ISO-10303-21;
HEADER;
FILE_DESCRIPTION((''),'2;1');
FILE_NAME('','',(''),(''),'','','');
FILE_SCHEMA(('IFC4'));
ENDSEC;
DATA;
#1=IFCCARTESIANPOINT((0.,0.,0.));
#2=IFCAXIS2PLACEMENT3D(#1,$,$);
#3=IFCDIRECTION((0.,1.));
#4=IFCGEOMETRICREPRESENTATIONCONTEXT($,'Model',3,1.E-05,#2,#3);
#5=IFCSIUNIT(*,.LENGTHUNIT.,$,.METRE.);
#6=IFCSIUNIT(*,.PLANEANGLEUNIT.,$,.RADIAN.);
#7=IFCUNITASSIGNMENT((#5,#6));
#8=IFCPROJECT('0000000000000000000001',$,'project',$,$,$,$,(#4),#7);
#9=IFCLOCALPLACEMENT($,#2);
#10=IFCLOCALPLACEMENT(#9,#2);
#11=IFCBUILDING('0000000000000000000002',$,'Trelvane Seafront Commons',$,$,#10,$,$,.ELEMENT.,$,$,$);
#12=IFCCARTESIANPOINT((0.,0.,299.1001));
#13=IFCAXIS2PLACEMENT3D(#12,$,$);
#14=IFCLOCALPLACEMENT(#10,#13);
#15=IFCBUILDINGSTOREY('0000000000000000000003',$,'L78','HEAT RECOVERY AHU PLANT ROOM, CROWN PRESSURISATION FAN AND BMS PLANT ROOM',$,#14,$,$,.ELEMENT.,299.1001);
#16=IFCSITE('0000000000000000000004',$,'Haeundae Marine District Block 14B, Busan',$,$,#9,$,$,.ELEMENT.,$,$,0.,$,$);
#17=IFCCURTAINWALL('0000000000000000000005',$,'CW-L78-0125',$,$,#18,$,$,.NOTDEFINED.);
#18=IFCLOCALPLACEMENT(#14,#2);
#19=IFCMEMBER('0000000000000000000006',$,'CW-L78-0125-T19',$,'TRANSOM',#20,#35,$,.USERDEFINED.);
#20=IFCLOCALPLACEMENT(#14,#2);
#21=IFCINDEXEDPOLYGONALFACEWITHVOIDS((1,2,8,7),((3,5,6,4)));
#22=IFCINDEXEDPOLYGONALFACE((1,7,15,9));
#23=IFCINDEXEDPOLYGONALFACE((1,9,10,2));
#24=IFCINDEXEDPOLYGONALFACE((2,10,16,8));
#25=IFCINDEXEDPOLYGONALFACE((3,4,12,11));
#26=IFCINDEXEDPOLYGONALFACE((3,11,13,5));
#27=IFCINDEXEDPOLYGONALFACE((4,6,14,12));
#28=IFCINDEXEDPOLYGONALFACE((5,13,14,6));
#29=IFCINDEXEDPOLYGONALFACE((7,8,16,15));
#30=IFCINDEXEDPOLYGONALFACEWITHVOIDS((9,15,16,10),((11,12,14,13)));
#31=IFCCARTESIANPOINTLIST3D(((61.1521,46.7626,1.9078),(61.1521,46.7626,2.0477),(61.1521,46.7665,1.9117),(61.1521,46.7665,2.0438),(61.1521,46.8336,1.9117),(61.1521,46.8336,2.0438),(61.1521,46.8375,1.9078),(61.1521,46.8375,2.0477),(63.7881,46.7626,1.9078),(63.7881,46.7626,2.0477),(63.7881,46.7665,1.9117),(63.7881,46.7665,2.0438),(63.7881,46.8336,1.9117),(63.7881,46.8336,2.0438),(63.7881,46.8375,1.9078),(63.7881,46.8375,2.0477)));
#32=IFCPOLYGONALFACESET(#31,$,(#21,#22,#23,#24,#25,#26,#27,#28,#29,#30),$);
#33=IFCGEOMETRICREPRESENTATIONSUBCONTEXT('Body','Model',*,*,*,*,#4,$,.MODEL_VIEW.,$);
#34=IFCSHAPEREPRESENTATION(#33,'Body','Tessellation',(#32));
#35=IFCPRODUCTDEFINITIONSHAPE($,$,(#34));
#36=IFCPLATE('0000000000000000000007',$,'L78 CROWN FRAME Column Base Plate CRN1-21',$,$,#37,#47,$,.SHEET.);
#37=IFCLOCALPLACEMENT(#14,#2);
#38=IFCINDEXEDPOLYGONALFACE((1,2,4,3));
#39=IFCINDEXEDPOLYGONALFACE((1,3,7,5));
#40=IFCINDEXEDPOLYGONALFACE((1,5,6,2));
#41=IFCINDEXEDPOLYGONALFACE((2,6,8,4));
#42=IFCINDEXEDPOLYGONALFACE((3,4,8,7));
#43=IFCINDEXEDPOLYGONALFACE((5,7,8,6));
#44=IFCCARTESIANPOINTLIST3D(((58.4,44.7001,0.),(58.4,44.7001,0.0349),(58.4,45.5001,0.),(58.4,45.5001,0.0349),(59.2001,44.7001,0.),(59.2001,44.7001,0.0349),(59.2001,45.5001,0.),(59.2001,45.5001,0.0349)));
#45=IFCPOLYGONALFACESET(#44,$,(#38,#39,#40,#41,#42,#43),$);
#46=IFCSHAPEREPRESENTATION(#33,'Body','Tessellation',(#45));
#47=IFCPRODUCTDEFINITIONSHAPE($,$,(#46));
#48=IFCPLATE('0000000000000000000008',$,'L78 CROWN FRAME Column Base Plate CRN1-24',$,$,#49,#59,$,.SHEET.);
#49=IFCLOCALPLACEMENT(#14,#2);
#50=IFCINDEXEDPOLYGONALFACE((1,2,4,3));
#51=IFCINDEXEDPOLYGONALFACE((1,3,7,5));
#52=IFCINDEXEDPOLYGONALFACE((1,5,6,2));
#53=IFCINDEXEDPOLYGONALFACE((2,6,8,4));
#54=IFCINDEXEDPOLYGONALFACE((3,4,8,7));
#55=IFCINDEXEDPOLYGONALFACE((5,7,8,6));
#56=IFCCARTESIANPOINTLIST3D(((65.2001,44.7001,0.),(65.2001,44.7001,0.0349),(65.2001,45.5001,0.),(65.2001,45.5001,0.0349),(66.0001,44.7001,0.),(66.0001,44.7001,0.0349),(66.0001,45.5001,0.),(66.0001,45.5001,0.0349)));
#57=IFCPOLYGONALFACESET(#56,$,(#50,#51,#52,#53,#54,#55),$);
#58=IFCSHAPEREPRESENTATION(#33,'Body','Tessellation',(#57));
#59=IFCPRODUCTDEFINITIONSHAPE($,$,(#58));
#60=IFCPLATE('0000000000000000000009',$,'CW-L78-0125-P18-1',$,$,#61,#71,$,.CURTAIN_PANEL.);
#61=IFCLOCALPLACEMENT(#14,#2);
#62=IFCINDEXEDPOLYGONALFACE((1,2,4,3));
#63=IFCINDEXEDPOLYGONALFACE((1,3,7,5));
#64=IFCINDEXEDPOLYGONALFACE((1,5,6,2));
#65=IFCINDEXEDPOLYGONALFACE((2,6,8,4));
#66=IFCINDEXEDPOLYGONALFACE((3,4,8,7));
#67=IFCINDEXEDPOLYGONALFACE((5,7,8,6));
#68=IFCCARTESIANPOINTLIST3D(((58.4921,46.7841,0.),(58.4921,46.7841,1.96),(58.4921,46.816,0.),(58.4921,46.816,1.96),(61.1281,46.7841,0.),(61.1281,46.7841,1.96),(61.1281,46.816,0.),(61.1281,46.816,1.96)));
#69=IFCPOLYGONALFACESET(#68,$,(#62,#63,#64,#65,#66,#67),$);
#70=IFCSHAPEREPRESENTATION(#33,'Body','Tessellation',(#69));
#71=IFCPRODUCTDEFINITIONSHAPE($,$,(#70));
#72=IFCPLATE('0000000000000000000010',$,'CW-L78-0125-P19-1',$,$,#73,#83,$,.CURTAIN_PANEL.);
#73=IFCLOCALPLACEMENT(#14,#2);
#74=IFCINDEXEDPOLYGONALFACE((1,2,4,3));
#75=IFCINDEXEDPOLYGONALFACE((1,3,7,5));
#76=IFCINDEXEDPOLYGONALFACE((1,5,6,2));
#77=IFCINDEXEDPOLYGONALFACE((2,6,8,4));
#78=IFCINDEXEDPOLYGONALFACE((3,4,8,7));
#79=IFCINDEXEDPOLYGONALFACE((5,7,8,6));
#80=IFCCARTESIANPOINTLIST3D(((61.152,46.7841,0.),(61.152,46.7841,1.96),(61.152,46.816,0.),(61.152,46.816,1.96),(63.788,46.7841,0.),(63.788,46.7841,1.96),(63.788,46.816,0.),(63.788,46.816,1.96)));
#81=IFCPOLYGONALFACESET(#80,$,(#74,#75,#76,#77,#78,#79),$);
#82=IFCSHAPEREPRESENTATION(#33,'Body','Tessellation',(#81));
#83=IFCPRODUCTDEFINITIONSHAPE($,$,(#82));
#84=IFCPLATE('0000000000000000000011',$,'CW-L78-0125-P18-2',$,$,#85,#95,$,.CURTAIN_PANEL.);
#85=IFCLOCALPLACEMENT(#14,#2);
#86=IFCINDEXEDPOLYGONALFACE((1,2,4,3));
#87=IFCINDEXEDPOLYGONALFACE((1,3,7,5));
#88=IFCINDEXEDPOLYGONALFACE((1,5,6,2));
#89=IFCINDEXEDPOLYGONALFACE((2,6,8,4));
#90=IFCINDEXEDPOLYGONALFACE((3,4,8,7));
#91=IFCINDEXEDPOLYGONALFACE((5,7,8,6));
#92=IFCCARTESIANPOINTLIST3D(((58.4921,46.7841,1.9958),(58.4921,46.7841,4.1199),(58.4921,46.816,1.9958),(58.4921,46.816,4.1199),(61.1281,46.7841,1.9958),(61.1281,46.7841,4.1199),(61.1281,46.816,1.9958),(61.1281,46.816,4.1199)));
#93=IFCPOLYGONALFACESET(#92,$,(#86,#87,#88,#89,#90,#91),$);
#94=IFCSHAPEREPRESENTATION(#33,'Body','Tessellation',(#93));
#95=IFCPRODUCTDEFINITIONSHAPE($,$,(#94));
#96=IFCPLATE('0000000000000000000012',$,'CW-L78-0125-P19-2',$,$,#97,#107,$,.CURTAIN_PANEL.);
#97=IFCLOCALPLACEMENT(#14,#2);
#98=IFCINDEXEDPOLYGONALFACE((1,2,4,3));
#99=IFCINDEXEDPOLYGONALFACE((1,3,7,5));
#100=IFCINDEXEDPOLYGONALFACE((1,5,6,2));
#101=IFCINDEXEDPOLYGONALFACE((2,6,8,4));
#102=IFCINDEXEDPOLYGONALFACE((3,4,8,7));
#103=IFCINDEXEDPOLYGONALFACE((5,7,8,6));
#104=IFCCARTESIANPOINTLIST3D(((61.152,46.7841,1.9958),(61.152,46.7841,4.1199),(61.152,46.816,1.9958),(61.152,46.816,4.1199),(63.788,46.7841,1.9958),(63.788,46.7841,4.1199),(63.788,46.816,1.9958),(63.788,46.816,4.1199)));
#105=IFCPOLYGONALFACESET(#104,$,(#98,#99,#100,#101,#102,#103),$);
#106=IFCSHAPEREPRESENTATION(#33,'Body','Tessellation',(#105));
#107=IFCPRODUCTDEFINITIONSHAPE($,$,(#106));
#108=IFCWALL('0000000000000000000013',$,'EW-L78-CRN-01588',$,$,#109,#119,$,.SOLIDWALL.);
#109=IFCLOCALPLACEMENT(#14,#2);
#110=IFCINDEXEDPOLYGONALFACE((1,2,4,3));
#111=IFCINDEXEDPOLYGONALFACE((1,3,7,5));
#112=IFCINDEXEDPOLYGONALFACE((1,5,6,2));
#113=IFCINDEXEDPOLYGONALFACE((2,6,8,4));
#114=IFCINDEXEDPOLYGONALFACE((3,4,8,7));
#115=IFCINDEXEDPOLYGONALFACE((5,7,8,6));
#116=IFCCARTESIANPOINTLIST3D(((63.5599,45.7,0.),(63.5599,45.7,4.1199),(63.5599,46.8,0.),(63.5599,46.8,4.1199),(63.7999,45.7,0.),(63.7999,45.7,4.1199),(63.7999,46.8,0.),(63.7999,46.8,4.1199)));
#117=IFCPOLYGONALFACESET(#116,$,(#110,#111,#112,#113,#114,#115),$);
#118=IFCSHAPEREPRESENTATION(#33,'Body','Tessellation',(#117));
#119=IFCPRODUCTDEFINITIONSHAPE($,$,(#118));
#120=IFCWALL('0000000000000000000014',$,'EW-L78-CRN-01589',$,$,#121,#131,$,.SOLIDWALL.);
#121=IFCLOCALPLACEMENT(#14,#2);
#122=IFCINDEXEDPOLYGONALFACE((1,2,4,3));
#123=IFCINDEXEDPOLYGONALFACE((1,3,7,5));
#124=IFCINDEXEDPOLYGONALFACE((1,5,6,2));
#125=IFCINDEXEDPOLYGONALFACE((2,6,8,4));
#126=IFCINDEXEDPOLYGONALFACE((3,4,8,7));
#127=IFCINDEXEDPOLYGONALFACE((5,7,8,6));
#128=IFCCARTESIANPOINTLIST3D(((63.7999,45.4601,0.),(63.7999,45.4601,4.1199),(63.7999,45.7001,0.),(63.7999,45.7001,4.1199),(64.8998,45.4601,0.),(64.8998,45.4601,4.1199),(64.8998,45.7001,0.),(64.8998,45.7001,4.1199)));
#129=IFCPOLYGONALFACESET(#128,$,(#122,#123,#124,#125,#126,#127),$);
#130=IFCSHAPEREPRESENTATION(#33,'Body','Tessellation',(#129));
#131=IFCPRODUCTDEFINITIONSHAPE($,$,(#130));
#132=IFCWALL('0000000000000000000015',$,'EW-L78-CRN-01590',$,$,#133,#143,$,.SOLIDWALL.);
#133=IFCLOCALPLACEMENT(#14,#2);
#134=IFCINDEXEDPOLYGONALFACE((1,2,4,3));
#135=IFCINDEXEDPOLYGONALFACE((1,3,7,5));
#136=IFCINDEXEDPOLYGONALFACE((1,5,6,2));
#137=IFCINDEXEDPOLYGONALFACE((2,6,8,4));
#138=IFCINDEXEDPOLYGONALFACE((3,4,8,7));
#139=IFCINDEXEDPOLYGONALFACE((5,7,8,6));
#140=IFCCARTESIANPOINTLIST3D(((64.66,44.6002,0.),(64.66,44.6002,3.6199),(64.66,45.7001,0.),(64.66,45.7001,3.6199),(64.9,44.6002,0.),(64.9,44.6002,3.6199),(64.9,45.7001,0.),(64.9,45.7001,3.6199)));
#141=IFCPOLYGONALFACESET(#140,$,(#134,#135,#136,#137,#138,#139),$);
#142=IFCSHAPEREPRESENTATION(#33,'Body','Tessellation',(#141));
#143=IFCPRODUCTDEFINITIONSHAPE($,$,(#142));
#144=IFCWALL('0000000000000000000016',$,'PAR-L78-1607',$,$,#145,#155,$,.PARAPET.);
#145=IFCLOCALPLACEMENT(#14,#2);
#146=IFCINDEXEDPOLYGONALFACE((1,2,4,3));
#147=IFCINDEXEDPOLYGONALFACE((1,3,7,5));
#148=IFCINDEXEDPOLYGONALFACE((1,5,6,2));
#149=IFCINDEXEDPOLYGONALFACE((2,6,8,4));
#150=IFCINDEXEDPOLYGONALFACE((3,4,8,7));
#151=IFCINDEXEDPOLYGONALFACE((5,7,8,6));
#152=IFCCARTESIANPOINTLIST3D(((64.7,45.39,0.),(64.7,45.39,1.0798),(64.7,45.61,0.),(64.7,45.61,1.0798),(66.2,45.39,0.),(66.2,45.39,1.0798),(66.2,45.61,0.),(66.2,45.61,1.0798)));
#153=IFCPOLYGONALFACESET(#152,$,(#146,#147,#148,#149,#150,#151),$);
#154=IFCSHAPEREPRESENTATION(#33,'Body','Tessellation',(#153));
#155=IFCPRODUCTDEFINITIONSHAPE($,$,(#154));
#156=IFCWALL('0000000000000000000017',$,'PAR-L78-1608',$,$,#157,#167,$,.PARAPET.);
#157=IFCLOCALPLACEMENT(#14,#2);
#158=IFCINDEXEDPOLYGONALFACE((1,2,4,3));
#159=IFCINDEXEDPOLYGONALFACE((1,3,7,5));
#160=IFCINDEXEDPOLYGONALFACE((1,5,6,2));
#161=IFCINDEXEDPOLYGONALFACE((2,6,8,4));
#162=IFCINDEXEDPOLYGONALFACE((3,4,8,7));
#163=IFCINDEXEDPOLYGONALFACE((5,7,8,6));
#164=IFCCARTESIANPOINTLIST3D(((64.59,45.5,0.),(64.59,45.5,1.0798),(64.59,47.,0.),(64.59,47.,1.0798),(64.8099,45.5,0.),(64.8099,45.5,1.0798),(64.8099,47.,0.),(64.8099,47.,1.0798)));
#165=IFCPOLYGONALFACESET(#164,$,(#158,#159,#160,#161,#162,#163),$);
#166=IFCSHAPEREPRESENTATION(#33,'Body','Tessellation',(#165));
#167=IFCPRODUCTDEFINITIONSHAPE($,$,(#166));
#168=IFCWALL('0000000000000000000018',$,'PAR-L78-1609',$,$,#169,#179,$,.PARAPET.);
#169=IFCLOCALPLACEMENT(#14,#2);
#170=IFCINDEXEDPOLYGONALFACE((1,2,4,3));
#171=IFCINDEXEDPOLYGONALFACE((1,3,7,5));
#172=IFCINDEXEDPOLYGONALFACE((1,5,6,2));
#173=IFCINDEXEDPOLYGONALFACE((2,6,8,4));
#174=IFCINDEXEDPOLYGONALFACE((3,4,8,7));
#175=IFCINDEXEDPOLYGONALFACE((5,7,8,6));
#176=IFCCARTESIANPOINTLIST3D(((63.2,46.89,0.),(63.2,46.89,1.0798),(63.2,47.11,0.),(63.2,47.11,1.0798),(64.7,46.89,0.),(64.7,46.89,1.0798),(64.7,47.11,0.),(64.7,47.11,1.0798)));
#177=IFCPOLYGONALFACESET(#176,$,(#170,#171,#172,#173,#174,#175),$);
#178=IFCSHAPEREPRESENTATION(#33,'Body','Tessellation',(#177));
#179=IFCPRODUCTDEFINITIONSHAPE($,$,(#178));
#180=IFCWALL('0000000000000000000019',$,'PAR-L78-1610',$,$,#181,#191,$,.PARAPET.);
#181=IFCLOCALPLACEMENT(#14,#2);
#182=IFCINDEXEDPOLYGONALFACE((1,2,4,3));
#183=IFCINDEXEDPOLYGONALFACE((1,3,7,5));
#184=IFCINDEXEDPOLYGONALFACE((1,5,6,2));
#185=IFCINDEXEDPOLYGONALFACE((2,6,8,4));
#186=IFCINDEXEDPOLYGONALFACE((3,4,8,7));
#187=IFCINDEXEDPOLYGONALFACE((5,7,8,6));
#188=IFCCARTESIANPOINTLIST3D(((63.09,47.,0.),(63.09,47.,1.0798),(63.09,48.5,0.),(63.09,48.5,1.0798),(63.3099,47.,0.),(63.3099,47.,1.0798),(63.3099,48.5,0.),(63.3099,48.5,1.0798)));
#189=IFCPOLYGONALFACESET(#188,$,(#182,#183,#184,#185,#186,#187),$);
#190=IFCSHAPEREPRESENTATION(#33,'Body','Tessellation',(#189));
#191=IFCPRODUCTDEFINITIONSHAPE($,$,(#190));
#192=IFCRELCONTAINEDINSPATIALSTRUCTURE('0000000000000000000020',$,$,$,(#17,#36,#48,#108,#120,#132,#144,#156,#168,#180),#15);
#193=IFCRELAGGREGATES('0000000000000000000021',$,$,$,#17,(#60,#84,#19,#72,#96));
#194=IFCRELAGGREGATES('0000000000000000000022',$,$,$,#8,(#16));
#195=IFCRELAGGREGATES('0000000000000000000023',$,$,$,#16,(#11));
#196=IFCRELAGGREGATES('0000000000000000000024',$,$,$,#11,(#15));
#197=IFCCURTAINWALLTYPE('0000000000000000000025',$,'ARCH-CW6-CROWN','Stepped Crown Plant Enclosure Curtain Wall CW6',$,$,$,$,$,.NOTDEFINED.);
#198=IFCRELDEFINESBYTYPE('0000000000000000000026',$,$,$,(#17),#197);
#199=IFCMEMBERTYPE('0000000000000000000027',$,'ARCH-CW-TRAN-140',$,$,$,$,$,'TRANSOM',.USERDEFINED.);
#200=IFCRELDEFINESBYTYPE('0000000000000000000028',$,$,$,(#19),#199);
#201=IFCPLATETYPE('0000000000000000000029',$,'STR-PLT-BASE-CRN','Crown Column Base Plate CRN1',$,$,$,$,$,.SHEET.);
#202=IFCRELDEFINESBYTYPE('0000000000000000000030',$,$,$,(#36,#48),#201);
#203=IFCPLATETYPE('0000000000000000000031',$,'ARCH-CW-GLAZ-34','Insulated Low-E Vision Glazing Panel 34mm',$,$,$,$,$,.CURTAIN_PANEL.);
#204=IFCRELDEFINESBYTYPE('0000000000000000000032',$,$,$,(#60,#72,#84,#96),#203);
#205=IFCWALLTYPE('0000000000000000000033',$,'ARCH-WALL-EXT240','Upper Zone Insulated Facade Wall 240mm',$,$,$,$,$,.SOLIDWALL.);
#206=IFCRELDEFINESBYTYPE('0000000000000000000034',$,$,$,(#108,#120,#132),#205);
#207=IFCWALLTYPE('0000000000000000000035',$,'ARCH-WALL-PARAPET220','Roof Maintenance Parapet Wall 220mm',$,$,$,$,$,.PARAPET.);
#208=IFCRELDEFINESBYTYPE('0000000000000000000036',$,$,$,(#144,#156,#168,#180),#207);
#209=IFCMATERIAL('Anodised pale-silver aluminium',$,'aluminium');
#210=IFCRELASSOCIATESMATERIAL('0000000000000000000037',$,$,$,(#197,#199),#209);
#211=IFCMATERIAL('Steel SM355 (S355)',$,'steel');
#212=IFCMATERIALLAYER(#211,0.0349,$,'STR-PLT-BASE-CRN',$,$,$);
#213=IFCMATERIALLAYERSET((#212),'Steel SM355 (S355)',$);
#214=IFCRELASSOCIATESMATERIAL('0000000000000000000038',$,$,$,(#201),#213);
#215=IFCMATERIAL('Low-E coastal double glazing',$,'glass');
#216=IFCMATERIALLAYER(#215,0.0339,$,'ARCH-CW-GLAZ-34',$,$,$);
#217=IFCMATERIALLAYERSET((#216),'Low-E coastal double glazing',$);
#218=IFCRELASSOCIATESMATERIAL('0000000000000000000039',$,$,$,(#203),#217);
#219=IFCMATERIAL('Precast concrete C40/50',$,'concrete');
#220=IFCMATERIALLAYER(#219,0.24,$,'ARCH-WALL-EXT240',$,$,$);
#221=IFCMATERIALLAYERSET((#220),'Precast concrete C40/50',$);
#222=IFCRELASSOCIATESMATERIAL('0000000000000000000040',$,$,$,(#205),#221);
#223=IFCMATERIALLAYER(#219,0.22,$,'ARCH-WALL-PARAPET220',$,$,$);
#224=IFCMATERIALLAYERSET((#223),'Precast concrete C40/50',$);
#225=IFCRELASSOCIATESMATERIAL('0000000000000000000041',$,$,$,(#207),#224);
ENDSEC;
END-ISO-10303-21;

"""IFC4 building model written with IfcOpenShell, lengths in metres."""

from ifc_helpers import new_model, si_unit, direction, frame, frame_2d, origin, origin_2d, place, context, subcontext, project, spatial, rectangle, hollow_rectangle, extrude, source, transform, mapped, material, layer, layer_set, material_profile, profile_set, type_object, element, aggregate, save


model = new_model("IFC4")

# Units and contexts
model_context = context("Model", 3, precision=1e-05, world=origin(), true_north=direction((0.0, 1.0)))
body_context = subcontext(model_context, "Body", "Model", "MODEL_VIEW")
ifc_project = project(units=[si_unit("LENGTHUNIT", "METRE"), si_unit("PLANEANGLEUNIT", "RADIAN")], contexts=[model_context])

# Site, building, storey
site_placement = place(None, origin())
site = spatial("IfcSite", under=ifc_project, at=site_placement, Name="Haeundae Marine District Block 14B, Busan", CompositionType="ELEMENT", RefElevation=0.0)
building_placement = place(site_placement, origin())
building = spatial("IfcBuilding", under=site, at=building_placement, Name="Trelvane Seafront Commons", CompositionType="ELEMENT")
storey_placement = place(building_placement, frame((0.0, 0.0, 299.1001)))
storey = spatial("IfcBuildingStorey", under=building, at=storey_placement, Name="L78", Description="HEAT RECOVERY AHU PLANT ROOM, CROWN PRESSURISATION FAN AND BMS PLANT ROOM", CompositionType="ELEMENT", Elevation=299.1001)

# Shared definitions
ifc_material_1 = material(Name="Steel SM355 (S355)", Category="steel")

# Curtain wall
ifc_material_2 = material(Name="Anodised pale-silver aluminium", Category="aluminium")
curtain_wall_type = type_object("IfcCurtainWallType", Name="ARCH-CW6-CROWN", Description="Stepped Crown Plant Enclosure Curtain Wall CW6", PredefinedType="NOTDEFINED", material=ifc_material_2)
curtain_wall_1_placement = place(storey_placement, origin())
curtain_wall_1 = element("IfcCurtainWall", 1, at=curtain_wall_1_placement, inside=storey, type_object=curtain_wall_type, Name="CW-L78-0125", PredefinedType="NOTDEFINED")
ifc_material_profile_1 = material_profile(ifc_material_2, hollow_rectangle(XDim=0.075, YDim=0.1399, WallThickness=0.0039, at=origin_2d()), Name="TRAN-75x140x4")
ifc_profile_set_1 = profile_set([ifc_material_profile_1], Name="Anodised pale-silver aluminium")
member_type_1 = type_object("IfcMemberType", Name="ARCH-CW-TRAN-140", ElementType="TRANSOM", PredefinedType="USERDEFINED", material=ifc_profile_set_1)

# Member
shared_shape_1 = source(origin(), body_context, "Body", "SweptSolid", [
    extrude(hollow_rectangle(XDim=0.075, YDim=0.1399, WallThickness=0.0039, at=origin_2d()), origin(), (0.0, 0.0, 1.0), 2.636),
])
member_1_placement = place(storey_placement, frame((61.1521, 46.8, 1.9778), z_axis=(1.0, 0.0, 0.0), x_axis=(0.0, 1.0, 0.0)))
member_1 = element("IfcMember", 2, at=member_1_placement, type_object=member_type_1, Name="CW-L78-0125-T19", ObjectType="TRANSOM", PredefinedType="USERDEFINED", context=body_context, shape_type="MappedRepresentation", body=[
    mapped(shared_shape_1, transform((0.0, 0.0, 0.0), x_axis=(1.0, 0.0, 0.0), y_axis=(0.0, 1.0, 0.0), z_axis=(0.0, 0.0, 1.0), scale=1.0)),
])

# Plates
ifc_layer_1 = layer(ifc_material_1, 0.0349, Name="STR-PLT-BASE-CRN")
ifc_layer_set_1 = layer_set([ifc_layer_1], Name="Steel SM355 (S355)")
plate_type_1 = type_object("IfcPlateType", Name="STR-PLT-BASE-CRN", Description="Crown Column Base Plate CRN1", PredefinedType="SHEET", material=ifc_layer_set_1)
shared_shape_2 = source(origin(), body_context, "Body", "SweptSolid", [
    extrude(rectangle(XDim=0.8, YDim=0.8, at=origin_2d()), origin(), (0.0, 0.0, 1.0), 0.0349),
])
for number, where, z_axis, x_axis, name in (
    (3, (58.8, 45.1001, 0.0), (0.0, 0.0, 1.0), (1.0, 0.0, 0.0), "L78 CROWN FRAME Column Base Plate CRN1-21"),
    (4, (65.6001, 45.1001, 0.0), (0.0, 0.0, 1.0), (1.0, 0.0, 0.0), "L78 CROWN FRAME Column Base Plate CRN1-24"),
):
    element("IfcPlate", number, at=place(storey_placement, frame(where, z_axis=z_axis, x_axis=x_axis)), inside=storey, type_object=plate_type_1, Name=name, PredefinedType="SHEET", context=body_context, shape_type="MappedRepresentation", body=[
        mapped(shared_shape_2, transform((0.0, 0.0, 0.0), x_axis=(1.0, 0.0, 0.0), y_axis=(0.0, 1.0, 0.0), z_axis=(0.0, 0.0, 1.0), scale=1.0)),
    ])

# Plates
ifc_material_3 = material(Name="Low-E coastal double glazing", Category="glass")
ifc_layer_2 = layer(ifc_material_3, 0.0339, Name="ARCH-CW-GLAZ-34")
ifc_layer_set_2 = layer_set([ifc_layer_2], Name="Low-E coastal double glazing")
plate_type_2 = type_object("IfcPlateType", Name="ARCH-CW-GLAZ-34", Description="Insulated Low-E Vision Glazing Panel 34mm", PredefinedType="CURTAIN_PANEL", material=ifc_layer_set_2)
shared_shape_3 = source(origin(), body_context, "Body", "SweptSolid", [
    extrude(rectangle(XDim=2.636, YDim=0.032, at=origin_2d()), origin(), (0.0, 0.0, 1.0), 1.96),
])
plate_1_placement = place(storey_placement, frame((59.8101, 46.8, 0.0), z_axis=(0.0, 0.0, 1.0), x_axis=(1.0, 0.0, 0.0)))
plate_1 = element("IfcPlate", 5, at=plate_1_placement, type_object=plate_type_2, Name="CW-L78-0125-P18-1", PredefinedType="CURTAIN_PANEL", context=body_context, shape_type="MappedRepresentation", body=[
    mapped(shared_shape_3, transform((0.0, 0.0, 0.0), x_axis=(1.0, 0.0, 0.0), y_axis=(0.0, 1.0, 0.0), z_axis=(0.0, 0.0, 1.0), scale=1.0)),
])
plate_2_placement = place(storey_placement, frame((62.47, 46.8, 0.0), z_axis=(0.0, 0.0, 1.0), x_axis=(1.0, 0.0, 0.0)))
plate_2 = element("IfcPlate", 6, at=plate_2_placement, type_object=plate_type_2, Name="CW-L78-0125-P19-1", PredefinedType="CURTAIN_PANEL", context=body_context, shape_type="MappedRepresentation", body=[
    mapped(shared_shape_3, transform((0.0, 0.0, 0.0), x_axis=(1.0, 0.0, 0.0), y_axis=(0.0, 1.0, 0.0), z_axis=(0.0, 0.0, 1.0), scale=1.0)),
])
shared_shape_4 = source(origin(), body_context, "Body", "SweptSolid", [
    extrude(rectangle(XDim=2.636, YDim=0.032, at=origin_2d()), origin(), (0.0, 0.0, 1.0), 2.124),
])
plate_3_placement = place(storey_placement, frame((59.8101, 46.8, 1.9958), z_axis=(0.0, 0.0, 1.0), x_axis=(1.0, 0.0, 0.0)))
plate_3 = element("IfcPlate", 7, at=plate_3_placement, type_object=plate_type_2, Name="CW-L78-0125-P18-2", PredefinedType="CURTAIN_PANEL", context=body_context, shape_type="MappedRepresentation", body=[
    mapped(shared_shape_4, transform((0.0, 0.0, 0.0), x_axis=(1.0, 0.0, 0.0), y_axis=(0.0, 1.0, 0.0), z_axis=(0.0, 0.0, 1.0), scale=1.0)),
])
plate_4_placement = place(storey_placement, frame((62.47, 46.8, 1.9958), z_axis=(0.0, 0.0, 1.0), x_axis=(1.0, 0.0, 0.0)))
plate_4 = element("IfcPlate", 8, at=plate_4_placement, type_object=plate_type_2, Name="CW-L78-0125-P19-2", PredefinedType="CURTAIN_PANEL", context=body_context, shape_type="MappedRepresentation", body=[
    mapped(shared_shape_4, transform((0.0, 0.0, 0.0), x_axis=(1.0, 0.0, 0.0), y_axis=(0.0, 1.0, 0.0), z_axis=(0.0, 0.0, 1.0), scale=1.0)),
])
aggregate(curtain_wall_1, [plate_1, plate_3, member_1, plate_2, plate_4])

# Walls
ifc_material_4 = material(Name="Precast concrete C40/50", Category="concrete")
ifc_layer_3 = layer(ifc_material_4, 0.24, Name="ARCH-WALL-EXT240")
ifc_layer_set_3 = layer_set([ifc_layer_3], Name="Precast concrete C40/50")
wall_type_1 = type_object("IfcWallType", Name="ARCH-WALL-EXT240", Description="Upper Zone Insulated Facade Wall 240mm", PredefinedType="SOLIDWALL", material=ifc_layer_set_3)
wall_1_placement = place(storey_placement, frame((63.6799, 46.8, 0.0), z_axis=(0.0, 0.0, 1.0), x_axis=(0.0, -1.0, 0.0)))
element("IfcWall", 9, at=wall_1_placement, inside=storey, type_object=wall_type_1, Name="EW-L78-CRN-01588", PredefinedType="SOLIDWALL", context=body_context, shape_type="SweptSolid", body=[
    extrude(rectangle(XDim=1.1001, YDim=0.24, at=frame_2d((0.55, 0.0))), origin(), (0.0, 0.0, 1.0), 4.1199),
])
wall_2_placement = place(storey_placement, frame((63.8, 45.5801, 0.0), z_axis=(0.0, 0.0, 1.0), x_axis=(1.0, 0.0, 0.0)))
element("IfcWall", 10, at=wall_2_placement, inside=storey, type_object=wall_type_1, Name="EW-L78-CRN-01589", PredefinedType="SOLIDWALL", context=body_context, shape_type="SweptSolid", body=[
    extrude(rectangle(XDim=1.0999, YDim=0.24, at=frame_2d((0.5498, 0.0))), origin(), (0.0, 0.0, 1.0), 4.1199),
])
wall_3_placement = place(storey_placement, frame((64.78, 45.7, 0.0), z_axis=(0.0, 0.0, 1.0), x_axis=(0.0, -1.0, 0.0)))
element("IfcWall", 11, at=wall_3_placement, inside=storey, type_object=wall_type_1, Name="EW-L78-CRN-01590", PredefinedType="SOLIDWALL", context=body_context, shape_type="SweptSolid", body=[
    extrude(rectangle(XDim=1.0999, YDim=0.24, at=frame_2d((0.5498, 0.0))), origin(), (0.0, 0.0, 1.0), 3.6199),
])
ifc_layer_4 = layer(ifc_material_4, 0.22, Name="ARCH-WALL-PARAPET220")
ifc_layer_set_4 = layer_set([ifc_layer_4], Name="Precast concrete C40/50")
wall_type_2 = type_object("IfcWallType", Name="ARCH-WALL-PARAPET220", Description="Roof Maintenance Parapet Wall 220mm", PredefinedType="PARAPET", material=ifc_layer_set_4)
for number, where, z_axis, x_axis, name in (
    (12, (66.2, 45.5, 0.0), (0.0, 0.0, 1.0), (-1.0, 0.0, 0.0), "PAR-L78-1607"),
    (13, (64.7, 45.5, 0.0), (0.0, 0.0, 1.0), (0.0, 1.0, 0.0), "PAR-L78-1608"),
    (14, (64.7, 47.0, 0.0), (0.0, 0.0, 1.0), (-1.0, 0.0, 0.0), "PAR-L78-1609"),
    (15, (63.2, 47.0, 0.0), (0.0, 0.0, 1.0), (0.0, 1.0, 0.0), "PAR-L78-1610"),
):
    element("IfcWall", number, at=place(storey_placement, frame(where, z_axis=z_axis, x_axis=x_axis)), inside=storey, type_object=wall_type_2, Name=name, PredefinedType="PARAPET", context=body_context, shape_type="SweptSolid", body=[
        extrude(rectangle(XDim=1.5, YDim=0.22, at=frame_2d((0.75, 0.0))), origin(), (0.0, 0.0, 1.0), 1.0798),
    ])

save(model, "model.ifc")
